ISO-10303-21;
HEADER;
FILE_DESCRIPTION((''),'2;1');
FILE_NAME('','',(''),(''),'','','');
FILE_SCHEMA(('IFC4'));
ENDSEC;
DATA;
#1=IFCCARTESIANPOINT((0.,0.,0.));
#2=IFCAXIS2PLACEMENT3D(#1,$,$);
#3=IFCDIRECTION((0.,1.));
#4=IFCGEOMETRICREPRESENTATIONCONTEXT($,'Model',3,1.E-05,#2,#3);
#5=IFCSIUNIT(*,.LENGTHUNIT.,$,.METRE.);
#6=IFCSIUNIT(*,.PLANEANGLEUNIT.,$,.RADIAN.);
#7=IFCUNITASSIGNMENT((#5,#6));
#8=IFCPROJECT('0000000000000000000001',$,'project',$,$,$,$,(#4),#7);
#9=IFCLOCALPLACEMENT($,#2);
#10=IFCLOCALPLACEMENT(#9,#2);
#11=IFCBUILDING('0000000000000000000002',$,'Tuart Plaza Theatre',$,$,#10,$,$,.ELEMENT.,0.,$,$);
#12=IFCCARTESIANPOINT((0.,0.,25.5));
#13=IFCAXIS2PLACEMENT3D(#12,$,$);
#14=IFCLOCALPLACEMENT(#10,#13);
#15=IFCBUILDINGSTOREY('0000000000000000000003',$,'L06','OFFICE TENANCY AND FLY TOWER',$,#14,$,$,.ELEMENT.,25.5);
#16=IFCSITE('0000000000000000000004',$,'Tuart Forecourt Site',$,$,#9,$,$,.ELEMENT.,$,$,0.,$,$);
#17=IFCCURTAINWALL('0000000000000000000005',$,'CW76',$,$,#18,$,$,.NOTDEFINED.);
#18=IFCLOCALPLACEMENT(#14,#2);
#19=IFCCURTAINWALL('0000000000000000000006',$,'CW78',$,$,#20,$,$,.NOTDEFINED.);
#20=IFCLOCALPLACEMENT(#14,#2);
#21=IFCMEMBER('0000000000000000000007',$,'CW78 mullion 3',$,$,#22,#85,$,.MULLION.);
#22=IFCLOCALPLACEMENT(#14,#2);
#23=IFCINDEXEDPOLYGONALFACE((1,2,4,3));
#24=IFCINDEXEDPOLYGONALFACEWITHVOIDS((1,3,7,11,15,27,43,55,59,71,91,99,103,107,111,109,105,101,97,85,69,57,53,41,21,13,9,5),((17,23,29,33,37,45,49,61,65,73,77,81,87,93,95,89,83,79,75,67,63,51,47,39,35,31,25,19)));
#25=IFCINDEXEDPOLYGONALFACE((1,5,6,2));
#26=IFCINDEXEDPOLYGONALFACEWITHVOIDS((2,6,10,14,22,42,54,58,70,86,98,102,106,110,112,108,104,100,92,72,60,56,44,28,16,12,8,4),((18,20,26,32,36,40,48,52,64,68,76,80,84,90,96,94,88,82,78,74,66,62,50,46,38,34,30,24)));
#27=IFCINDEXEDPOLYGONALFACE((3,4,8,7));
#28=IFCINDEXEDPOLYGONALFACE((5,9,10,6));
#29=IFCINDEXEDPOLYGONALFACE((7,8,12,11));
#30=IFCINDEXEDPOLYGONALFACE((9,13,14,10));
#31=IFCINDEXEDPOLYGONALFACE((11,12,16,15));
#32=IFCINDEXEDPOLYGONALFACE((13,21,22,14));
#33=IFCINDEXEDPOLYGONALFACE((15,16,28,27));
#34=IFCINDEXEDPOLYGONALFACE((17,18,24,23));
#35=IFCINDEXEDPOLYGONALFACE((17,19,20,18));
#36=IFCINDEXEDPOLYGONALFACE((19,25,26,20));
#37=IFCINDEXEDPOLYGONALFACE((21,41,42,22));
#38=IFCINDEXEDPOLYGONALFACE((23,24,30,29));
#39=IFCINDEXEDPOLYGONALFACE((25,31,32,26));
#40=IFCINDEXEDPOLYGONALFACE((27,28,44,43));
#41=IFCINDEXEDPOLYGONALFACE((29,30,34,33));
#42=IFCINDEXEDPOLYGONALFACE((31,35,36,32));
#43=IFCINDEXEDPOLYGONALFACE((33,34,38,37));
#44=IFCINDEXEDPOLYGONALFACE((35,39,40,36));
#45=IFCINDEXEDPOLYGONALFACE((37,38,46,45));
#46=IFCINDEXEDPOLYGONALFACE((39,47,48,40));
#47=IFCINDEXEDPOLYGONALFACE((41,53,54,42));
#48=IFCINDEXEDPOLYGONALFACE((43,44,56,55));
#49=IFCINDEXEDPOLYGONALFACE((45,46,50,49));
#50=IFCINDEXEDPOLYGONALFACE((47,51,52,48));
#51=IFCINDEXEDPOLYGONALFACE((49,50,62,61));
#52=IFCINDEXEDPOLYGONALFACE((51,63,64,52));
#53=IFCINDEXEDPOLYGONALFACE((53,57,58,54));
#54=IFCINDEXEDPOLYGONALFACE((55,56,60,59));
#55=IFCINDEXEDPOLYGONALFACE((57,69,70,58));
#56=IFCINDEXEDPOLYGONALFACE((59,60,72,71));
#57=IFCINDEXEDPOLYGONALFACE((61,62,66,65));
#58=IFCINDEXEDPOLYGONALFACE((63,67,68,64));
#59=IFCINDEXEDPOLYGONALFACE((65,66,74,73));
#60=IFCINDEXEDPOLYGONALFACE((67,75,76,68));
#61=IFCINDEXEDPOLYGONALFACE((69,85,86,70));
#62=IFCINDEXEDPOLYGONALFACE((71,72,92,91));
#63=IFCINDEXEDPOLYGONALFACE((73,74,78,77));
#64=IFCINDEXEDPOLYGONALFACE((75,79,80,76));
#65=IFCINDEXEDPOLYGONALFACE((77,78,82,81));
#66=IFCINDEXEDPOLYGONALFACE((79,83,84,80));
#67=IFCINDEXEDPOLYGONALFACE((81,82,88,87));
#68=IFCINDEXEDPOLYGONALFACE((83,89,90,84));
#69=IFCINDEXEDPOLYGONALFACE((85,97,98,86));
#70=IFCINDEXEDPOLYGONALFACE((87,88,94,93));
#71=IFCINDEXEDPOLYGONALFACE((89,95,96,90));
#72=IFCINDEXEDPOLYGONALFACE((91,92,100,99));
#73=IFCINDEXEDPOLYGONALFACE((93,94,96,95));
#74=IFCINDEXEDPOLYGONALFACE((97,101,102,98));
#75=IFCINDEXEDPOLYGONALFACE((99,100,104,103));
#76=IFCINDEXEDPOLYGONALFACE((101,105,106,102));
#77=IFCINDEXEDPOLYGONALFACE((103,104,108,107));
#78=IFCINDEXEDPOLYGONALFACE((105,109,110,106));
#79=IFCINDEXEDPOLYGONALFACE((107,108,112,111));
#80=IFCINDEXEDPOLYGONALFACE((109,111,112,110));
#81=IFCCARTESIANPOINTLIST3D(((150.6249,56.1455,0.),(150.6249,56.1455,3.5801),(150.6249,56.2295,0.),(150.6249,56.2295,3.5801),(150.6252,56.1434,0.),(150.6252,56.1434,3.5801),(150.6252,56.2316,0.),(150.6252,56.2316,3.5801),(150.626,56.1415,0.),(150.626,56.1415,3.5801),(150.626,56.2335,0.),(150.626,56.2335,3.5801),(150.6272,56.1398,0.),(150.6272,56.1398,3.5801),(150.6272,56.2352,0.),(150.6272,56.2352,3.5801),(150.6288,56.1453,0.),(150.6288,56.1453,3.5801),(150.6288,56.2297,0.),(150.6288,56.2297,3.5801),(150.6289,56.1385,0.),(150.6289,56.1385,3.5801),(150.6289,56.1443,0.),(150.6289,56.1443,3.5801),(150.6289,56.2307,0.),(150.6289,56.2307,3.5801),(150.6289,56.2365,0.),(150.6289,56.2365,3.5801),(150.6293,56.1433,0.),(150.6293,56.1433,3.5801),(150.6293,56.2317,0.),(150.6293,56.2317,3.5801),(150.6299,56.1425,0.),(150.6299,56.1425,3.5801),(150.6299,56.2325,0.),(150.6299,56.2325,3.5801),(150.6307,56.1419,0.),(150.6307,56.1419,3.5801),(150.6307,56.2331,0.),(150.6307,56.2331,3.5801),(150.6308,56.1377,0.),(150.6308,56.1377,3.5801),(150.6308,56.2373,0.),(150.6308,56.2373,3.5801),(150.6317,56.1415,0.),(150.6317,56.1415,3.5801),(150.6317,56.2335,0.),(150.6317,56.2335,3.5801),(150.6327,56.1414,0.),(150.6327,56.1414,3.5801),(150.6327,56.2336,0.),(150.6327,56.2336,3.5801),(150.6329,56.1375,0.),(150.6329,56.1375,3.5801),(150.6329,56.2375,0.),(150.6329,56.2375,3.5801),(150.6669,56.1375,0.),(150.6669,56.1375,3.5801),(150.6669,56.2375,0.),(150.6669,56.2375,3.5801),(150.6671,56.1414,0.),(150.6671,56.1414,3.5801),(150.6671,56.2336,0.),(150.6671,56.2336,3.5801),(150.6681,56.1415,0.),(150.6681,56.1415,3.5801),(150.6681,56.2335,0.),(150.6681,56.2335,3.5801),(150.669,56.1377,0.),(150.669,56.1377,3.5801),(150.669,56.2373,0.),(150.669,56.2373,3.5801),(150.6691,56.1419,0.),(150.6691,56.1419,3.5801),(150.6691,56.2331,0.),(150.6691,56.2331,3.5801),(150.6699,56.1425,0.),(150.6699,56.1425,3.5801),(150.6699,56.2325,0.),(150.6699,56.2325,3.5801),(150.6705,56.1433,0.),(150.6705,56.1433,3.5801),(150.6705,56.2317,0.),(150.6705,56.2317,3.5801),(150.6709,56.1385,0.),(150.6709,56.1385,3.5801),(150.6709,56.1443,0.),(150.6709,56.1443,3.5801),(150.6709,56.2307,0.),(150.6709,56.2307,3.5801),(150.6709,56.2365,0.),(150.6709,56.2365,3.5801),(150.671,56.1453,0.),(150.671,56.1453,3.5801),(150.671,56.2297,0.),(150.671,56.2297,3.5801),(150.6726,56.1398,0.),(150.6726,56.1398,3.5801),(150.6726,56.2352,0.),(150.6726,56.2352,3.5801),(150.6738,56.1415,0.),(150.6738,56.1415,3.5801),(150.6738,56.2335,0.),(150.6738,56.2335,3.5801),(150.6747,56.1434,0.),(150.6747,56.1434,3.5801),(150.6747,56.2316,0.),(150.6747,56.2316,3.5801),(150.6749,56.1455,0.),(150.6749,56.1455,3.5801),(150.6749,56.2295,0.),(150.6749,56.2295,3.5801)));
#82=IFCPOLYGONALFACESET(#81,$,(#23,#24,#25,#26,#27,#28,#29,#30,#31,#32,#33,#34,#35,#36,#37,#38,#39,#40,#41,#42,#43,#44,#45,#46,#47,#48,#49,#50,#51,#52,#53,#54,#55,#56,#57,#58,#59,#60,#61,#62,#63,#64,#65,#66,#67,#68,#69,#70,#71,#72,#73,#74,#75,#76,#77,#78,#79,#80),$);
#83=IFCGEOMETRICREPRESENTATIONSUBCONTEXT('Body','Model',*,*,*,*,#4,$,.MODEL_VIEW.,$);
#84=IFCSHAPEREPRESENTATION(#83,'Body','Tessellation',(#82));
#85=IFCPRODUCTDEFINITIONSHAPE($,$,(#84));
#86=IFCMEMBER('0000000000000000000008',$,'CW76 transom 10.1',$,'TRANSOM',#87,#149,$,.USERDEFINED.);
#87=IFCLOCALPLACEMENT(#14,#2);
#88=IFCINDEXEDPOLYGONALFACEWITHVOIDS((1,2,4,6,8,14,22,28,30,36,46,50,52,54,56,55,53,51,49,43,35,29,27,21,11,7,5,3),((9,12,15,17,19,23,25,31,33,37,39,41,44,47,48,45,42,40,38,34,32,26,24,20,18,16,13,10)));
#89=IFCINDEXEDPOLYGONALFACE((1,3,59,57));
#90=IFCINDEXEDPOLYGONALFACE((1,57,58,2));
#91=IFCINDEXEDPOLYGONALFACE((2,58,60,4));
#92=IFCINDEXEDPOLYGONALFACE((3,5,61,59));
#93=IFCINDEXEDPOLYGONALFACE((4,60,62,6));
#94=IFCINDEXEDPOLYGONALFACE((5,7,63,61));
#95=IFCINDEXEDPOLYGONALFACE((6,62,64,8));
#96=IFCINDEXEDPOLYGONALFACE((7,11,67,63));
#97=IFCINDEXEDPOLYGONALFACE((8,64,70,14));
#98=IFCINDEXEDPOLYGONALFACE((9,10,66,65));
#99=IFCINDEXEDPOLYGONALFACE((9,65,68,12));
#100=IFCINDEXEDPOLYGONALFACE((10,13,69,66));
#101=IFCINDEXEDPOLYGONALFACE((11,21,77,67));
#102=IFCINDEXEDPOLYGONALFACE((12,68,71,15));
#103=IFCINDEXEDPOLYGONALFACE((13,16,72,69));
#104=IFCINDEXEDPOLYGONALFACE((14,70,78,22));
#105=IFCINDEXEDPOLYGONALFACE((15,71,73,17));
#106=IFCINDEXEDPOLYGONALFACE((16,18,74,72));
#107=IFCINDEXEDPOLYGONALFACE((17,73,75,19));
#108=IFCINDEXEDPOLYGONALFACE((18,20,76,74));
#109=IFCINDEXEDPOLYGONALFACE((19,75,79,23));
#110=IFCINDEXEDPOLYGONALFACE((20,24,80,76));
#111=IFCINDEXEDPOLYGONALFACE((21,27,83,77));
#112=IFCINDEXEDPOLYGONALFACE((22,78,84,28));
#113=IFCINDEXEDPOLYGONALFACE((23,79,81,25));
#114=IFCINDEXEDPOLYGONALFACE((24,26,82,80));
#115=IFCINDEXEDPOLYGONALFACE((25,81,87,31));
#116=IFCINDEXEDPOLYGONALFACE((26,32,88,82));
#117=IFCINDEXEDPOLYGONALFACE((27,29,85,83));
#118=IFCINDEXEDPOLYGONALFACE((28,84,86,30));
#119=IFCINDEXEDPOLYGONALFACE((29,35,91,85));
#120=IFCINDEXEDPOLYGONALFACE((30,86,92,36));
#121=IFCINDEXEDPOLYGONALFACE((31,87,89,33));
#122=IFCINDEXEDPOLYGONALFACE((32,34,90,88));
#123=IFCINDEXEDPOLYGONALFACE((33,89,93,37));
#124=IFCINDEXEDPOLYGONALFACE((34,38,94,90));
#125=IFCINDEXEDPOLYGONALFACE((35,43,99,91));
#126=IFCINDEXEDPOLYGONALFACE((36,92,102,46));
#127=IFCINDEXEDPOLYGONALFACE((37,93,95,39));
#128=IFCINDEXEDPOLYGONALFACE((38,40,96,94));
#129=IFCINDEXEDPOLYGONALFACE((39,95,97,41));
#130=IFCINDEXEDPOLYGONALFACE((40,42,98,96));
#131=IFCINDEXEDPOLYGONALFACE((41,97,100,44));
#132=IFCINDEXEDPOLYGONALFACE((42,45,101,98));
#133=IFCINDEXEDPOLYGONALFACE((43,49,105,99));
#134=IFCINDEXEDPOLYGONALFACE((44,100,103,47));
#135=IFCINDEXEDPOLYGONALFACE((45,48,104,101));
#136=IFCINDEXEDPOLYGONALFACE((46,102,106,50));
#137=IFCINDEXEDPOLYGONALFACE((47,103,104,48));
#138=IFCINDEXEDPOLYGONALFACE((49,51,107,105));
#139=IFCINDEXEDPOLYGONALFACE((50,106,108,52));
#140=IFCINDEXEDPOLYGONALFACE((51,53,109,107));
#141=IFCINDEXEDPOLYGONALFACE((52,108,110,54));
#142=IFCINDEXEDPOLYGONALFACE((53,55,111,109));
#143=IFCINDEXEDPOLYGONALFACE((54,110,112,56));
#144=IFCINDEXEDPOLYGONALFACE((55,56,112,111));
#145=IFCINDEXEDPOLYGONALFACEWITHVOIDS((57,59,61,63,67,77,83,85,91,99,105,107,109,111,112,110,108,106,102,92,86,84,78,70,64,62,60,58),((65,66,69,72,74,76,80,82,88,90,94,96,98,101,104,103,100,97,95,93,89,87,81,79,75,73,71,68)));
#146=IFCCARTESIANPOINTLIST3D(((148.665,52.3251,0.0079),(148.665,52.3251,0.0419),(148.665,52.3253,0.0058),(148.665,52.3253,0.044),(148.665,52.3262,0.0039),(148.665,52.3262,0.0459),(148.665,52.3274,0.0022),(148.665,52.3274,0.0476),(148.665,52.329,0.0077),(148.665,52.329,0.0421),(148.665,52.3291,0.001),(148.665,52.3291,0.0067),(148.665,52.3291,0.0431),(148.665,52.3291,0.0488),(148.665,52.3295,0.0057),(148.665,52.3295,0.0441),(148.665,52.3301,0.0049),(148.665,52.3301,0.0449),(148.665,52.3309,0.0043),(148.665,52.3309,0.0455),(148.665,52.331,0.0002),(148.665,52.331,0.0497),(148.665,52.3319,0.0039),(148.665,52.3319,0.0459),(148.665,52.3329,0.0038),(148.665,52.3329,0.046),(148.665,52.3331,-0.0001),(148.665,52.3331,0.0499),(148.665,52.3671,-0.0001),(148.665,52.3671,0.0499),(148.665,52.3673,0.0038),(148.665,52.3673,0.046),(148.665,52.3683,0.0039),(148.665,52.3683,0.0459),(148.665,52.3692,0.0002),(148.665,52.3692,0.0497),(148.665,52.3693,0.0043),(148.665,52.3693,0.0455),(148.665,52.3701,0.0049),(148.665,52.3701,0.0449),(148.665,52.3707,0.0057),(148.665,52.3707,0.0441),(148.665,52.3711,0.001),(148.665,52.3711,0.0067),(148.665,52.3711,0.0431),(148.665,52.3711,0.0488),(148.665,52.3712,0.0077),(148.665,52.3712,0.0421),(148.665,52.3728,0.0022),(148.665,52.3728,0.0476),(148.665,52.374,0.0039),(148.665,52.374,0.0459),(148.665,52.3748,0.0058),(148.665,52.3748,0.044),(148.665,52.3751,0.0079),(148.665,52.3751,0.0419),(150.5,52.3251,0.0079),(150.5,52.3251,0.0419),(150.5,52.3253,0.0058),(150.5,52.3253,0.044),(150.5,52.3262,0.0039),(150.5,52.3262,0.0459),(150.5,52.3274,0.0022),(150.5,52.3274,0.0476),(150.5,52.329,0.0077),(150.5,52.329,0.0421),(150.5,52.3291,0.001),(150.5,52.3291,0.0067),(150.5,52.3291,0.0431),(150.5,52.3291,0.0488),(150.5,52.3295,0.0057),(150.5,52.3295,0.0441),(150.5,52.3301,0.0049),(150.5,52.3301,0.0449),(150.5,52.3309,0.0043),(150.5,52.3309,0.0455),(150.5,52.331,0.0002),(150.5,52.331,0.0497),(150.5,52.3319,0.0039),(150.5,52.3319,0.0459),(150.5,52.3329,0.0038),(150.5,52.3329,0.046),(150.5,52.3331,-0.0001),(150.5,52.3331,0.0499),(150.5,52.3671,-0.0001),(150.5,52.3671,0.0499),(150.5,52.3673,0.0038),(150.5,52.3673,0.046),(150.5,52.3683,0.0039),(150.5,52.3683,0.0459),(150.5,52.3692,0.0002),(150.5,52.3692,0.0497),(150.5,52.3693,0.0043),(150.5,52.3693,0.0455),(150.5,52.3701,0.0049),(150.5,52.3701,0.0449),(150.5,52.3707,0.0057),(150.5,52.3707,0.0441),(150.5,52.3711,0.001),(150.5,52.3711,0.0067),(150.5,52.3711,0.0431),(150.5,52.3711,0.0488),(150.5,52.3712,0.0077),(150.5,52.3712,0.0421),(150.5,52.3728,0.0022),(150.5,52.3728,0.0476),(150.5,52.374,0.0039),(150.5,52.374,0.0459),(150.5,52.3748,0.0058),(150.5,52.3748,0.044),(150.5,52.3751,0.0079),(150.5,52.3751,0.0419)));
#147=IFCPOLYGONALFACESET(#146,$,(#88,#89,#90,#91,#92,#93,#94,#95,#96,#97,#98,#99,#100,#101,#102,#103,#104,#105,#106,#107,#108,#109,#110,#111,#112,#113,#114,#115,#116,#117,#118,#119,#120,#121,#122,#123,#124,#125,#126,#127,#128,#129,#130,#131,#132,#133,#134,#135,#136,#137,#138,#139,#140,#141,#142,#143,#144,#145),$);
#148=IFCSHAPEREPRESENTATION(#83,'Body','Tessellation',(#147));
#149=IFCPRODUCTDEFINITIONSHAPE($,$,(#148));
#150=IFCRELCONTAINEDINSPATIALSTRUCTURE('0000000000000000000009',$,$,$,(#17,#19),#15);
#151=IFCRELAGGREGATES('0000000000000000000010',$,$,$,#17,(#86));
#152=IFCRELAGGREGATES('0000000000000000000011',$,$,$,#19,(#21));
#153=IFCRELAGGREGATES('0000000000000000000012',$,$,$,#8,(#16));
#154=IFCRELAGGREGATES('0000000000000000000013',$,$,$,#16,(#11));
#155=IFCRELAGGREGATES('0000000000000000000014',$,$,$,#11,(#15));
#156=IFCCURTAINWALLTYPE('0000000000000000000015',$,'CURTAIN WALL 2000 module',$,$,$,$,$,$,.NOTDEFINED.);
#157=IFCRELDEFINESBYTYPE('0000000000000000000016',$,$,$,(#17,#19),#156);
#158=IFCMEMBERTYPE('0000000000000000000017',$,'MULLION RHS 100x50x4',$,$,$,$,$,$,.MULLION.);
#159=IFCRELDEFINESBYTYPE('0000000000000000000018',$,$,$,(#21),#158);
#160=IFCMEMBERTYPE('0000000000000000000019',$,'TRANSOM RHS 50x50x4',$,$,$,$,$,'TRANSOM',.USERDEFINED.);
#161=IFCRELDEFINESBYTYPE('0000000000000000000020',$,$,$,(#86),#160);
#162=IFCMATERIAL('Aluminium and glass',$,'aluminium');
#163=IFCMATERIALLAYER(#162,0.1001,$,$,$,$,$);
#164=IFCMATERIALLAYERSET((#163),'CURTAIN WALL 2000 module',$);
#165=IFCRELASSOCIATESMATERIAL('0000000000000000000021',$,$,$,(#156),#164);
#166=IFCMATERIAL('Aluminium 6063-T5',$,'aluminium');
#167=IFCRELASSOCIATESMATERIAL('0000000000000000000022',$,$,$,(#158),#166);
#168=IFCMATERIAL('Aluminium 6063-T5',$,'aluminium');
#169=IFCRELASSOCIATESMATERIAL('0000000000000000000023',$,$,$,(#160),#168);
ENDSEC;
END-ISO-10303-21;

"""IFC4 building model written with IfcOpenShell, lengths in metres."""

from ifc_helpers import new_model, si_unit, direction, frame, origin, origin_2d, place, context, subcontext, project, spatial, hollow_rectangle, extrude, material, layer, layer_set, material_profile, profile_set, type_object, element, aggregate, save


model = new_model("IFC4")

# Units and contexts
model_context = context("Model", 3, precision=1e-05, world=origin(), true_north=direction((0.0, 1.0)))
body_context = subcontext(model_context, "Body", "Model", "MODEL_VIEW")
ifc_project = project(units=[si_unit("LENGTHUNIT", "METRE"), si_unit("PLANEANGLEUNIT", "RADIAN")], contexts=[model_context])

# Site, building, storey
site_placement = place(None, origin())
site = spatial("IfcSite", under=ifc_project, at=site_placement, Name="Tuart Forecourt Site", CompositionType="ELEMENT", RefElevation=0.0)
building_placement = place(site_placement, origin())
building = spatial("IfcBuilding", under=site, at=building_placement, Name="Tuart Plaza Theatre", CompositionType="ELEMENT", ElevationOfRefHeight=0.0)
storey_placement = place(building_placement, frame((0.0, 0.0, 25.5)))
storey = spatial("IfcBuildingStorey", under=building, at=storey_placement, Name="L06", Description="OFFICE TENANCY AND FLY TOWER", CompositionType="ELEMENT", Elevation=25.5)

# Curtain walls, member
ifc_material_1 = material(Name="Aluminium and glass", Category="aluminium")
ifc_layer_1 = layer(ifc_material_1, 0.1001)
ifc_layer_set_1 = layer_set([ifc_layer_1], Name="CURTAIN WALL 2000 module")
curtain_wall_type = type_object("IfcCurtainWallType", Name="CURTAIN WALL 2000 module", PredefinedType="NOTDEFINED", material=ifc_layer_set_1)
curtain_wall_1_placement = place(storey_placement, origin())
curtain_wall_1 = element("IfcCurtainWall", 1, at=curtain_wall_1_placement, inside=storey, type_object=curtain_wall_type, Name="CW76", PredefinedType="NOTDEFINED")
ifc_material_2 = material(Name="Aluminium 6063-T5", Category="aluminium")
ifc_material_profile_1 = material_profile(ifc_material_2, hollow_rectangle(XDim=0.05, YDim=0.1001, WallThickness=0.0039, InnerFilletRadius=0.0039, OuterFilletRadius=0.0081, at=origin_2d()), Name="RHS 100x50x4")
ifc_profile_set_1 = profile_set([ifc_material_profile_1], Name="Aluminium 6063-T5")
member_type_1 = type_object("IfcMemberType", Name="MULLION RHS 100x50x4", PredefinedType="MULLION", material=ifc_profile_set_1)
curtain_wall_2_placement = place(storey_placement, origin())
curtain_wall_2 = element("IfcCurtainWall", 2, at=curtain_wall_2_placement, inside=storey, type_object=curtain_wall_type, Name="CW78", PredefinedType="NOTDEFINED")
member_1_placement = place(storey_placement, frame((150.6499, 56.1875, 0.0), z_axis=(0.0, 0.0, 1.0), x_axis=(-1.0, 0.0, 0.0)))
member_1 = element("IfcMember", 3, at=member_1_placement, type_object=member_type_1, Name="CW78 mullion 3", PredefinedType="MULLION", context=body_context, shape_type="SweptSolid", body=[
    extrude(hollow_rectangle(XDim=0.05, YDim=0.1001, WallThickness=0.0039, InnerFilletRadius=0.0039, OuterFilletRadius=0.0081, at=origin_2d()), origin(), (0.0, 0.0, 1.0), 3.5801),
])

# Member
ifc_material_3 = material(Name="Aluminium 6063-T5", Category="aluminium")
ifc_material_profile_2 = material_profile(ifc_material_3, hollow_rectangle(XDim=0.05, YDim=0.05, WallThickness=0.0039, InnerFilletRadius=0.0039, OuterFilletRadius=0.0081, at=origin_2d()), Name="RHS 50x50x4")
ifc_profile_set_2 = profile_set([ifc_material_profile_2], Name="Aluminium 6063-T5")
member_type_2 = type_object("IfcMemberType", Name="TRANSOM RHS 50x50x4", ElementType="TRANSOM", PredefinedType="USERDEFINED", material=ifc_profile_set_2)
member_2_placement = place(storey_placement, frame((148.665, 52.3501, 0.0249), z_axis=(1.0, 0.0, 0.0), x_axis=(0.0, 1.0, 0.0)))
member_2 = element("IfcMember", 4, at=member_2_placement, type_object=member_type_2, Name="CW76 transom 10.1", ObjectType="TRANSOM", PredefinedType="USERDEFINED", context=body_context, shape_type="SweptSolid", body=[
    extrude(hollow_rectangle(XDim=0.05, YDim=0.05, WallThickness=0.0039, InnerFilletRadius=0.0039, OuterFilletRadius=0.0081, at=origin_2d()), origin(), (0.0, 0.0, 1.0), 1.835),
])

aggregate(curtain_wall_1, [member_2])
aggregate(curtain_wall_2, [member_1])

save(model, "model.ifc")
